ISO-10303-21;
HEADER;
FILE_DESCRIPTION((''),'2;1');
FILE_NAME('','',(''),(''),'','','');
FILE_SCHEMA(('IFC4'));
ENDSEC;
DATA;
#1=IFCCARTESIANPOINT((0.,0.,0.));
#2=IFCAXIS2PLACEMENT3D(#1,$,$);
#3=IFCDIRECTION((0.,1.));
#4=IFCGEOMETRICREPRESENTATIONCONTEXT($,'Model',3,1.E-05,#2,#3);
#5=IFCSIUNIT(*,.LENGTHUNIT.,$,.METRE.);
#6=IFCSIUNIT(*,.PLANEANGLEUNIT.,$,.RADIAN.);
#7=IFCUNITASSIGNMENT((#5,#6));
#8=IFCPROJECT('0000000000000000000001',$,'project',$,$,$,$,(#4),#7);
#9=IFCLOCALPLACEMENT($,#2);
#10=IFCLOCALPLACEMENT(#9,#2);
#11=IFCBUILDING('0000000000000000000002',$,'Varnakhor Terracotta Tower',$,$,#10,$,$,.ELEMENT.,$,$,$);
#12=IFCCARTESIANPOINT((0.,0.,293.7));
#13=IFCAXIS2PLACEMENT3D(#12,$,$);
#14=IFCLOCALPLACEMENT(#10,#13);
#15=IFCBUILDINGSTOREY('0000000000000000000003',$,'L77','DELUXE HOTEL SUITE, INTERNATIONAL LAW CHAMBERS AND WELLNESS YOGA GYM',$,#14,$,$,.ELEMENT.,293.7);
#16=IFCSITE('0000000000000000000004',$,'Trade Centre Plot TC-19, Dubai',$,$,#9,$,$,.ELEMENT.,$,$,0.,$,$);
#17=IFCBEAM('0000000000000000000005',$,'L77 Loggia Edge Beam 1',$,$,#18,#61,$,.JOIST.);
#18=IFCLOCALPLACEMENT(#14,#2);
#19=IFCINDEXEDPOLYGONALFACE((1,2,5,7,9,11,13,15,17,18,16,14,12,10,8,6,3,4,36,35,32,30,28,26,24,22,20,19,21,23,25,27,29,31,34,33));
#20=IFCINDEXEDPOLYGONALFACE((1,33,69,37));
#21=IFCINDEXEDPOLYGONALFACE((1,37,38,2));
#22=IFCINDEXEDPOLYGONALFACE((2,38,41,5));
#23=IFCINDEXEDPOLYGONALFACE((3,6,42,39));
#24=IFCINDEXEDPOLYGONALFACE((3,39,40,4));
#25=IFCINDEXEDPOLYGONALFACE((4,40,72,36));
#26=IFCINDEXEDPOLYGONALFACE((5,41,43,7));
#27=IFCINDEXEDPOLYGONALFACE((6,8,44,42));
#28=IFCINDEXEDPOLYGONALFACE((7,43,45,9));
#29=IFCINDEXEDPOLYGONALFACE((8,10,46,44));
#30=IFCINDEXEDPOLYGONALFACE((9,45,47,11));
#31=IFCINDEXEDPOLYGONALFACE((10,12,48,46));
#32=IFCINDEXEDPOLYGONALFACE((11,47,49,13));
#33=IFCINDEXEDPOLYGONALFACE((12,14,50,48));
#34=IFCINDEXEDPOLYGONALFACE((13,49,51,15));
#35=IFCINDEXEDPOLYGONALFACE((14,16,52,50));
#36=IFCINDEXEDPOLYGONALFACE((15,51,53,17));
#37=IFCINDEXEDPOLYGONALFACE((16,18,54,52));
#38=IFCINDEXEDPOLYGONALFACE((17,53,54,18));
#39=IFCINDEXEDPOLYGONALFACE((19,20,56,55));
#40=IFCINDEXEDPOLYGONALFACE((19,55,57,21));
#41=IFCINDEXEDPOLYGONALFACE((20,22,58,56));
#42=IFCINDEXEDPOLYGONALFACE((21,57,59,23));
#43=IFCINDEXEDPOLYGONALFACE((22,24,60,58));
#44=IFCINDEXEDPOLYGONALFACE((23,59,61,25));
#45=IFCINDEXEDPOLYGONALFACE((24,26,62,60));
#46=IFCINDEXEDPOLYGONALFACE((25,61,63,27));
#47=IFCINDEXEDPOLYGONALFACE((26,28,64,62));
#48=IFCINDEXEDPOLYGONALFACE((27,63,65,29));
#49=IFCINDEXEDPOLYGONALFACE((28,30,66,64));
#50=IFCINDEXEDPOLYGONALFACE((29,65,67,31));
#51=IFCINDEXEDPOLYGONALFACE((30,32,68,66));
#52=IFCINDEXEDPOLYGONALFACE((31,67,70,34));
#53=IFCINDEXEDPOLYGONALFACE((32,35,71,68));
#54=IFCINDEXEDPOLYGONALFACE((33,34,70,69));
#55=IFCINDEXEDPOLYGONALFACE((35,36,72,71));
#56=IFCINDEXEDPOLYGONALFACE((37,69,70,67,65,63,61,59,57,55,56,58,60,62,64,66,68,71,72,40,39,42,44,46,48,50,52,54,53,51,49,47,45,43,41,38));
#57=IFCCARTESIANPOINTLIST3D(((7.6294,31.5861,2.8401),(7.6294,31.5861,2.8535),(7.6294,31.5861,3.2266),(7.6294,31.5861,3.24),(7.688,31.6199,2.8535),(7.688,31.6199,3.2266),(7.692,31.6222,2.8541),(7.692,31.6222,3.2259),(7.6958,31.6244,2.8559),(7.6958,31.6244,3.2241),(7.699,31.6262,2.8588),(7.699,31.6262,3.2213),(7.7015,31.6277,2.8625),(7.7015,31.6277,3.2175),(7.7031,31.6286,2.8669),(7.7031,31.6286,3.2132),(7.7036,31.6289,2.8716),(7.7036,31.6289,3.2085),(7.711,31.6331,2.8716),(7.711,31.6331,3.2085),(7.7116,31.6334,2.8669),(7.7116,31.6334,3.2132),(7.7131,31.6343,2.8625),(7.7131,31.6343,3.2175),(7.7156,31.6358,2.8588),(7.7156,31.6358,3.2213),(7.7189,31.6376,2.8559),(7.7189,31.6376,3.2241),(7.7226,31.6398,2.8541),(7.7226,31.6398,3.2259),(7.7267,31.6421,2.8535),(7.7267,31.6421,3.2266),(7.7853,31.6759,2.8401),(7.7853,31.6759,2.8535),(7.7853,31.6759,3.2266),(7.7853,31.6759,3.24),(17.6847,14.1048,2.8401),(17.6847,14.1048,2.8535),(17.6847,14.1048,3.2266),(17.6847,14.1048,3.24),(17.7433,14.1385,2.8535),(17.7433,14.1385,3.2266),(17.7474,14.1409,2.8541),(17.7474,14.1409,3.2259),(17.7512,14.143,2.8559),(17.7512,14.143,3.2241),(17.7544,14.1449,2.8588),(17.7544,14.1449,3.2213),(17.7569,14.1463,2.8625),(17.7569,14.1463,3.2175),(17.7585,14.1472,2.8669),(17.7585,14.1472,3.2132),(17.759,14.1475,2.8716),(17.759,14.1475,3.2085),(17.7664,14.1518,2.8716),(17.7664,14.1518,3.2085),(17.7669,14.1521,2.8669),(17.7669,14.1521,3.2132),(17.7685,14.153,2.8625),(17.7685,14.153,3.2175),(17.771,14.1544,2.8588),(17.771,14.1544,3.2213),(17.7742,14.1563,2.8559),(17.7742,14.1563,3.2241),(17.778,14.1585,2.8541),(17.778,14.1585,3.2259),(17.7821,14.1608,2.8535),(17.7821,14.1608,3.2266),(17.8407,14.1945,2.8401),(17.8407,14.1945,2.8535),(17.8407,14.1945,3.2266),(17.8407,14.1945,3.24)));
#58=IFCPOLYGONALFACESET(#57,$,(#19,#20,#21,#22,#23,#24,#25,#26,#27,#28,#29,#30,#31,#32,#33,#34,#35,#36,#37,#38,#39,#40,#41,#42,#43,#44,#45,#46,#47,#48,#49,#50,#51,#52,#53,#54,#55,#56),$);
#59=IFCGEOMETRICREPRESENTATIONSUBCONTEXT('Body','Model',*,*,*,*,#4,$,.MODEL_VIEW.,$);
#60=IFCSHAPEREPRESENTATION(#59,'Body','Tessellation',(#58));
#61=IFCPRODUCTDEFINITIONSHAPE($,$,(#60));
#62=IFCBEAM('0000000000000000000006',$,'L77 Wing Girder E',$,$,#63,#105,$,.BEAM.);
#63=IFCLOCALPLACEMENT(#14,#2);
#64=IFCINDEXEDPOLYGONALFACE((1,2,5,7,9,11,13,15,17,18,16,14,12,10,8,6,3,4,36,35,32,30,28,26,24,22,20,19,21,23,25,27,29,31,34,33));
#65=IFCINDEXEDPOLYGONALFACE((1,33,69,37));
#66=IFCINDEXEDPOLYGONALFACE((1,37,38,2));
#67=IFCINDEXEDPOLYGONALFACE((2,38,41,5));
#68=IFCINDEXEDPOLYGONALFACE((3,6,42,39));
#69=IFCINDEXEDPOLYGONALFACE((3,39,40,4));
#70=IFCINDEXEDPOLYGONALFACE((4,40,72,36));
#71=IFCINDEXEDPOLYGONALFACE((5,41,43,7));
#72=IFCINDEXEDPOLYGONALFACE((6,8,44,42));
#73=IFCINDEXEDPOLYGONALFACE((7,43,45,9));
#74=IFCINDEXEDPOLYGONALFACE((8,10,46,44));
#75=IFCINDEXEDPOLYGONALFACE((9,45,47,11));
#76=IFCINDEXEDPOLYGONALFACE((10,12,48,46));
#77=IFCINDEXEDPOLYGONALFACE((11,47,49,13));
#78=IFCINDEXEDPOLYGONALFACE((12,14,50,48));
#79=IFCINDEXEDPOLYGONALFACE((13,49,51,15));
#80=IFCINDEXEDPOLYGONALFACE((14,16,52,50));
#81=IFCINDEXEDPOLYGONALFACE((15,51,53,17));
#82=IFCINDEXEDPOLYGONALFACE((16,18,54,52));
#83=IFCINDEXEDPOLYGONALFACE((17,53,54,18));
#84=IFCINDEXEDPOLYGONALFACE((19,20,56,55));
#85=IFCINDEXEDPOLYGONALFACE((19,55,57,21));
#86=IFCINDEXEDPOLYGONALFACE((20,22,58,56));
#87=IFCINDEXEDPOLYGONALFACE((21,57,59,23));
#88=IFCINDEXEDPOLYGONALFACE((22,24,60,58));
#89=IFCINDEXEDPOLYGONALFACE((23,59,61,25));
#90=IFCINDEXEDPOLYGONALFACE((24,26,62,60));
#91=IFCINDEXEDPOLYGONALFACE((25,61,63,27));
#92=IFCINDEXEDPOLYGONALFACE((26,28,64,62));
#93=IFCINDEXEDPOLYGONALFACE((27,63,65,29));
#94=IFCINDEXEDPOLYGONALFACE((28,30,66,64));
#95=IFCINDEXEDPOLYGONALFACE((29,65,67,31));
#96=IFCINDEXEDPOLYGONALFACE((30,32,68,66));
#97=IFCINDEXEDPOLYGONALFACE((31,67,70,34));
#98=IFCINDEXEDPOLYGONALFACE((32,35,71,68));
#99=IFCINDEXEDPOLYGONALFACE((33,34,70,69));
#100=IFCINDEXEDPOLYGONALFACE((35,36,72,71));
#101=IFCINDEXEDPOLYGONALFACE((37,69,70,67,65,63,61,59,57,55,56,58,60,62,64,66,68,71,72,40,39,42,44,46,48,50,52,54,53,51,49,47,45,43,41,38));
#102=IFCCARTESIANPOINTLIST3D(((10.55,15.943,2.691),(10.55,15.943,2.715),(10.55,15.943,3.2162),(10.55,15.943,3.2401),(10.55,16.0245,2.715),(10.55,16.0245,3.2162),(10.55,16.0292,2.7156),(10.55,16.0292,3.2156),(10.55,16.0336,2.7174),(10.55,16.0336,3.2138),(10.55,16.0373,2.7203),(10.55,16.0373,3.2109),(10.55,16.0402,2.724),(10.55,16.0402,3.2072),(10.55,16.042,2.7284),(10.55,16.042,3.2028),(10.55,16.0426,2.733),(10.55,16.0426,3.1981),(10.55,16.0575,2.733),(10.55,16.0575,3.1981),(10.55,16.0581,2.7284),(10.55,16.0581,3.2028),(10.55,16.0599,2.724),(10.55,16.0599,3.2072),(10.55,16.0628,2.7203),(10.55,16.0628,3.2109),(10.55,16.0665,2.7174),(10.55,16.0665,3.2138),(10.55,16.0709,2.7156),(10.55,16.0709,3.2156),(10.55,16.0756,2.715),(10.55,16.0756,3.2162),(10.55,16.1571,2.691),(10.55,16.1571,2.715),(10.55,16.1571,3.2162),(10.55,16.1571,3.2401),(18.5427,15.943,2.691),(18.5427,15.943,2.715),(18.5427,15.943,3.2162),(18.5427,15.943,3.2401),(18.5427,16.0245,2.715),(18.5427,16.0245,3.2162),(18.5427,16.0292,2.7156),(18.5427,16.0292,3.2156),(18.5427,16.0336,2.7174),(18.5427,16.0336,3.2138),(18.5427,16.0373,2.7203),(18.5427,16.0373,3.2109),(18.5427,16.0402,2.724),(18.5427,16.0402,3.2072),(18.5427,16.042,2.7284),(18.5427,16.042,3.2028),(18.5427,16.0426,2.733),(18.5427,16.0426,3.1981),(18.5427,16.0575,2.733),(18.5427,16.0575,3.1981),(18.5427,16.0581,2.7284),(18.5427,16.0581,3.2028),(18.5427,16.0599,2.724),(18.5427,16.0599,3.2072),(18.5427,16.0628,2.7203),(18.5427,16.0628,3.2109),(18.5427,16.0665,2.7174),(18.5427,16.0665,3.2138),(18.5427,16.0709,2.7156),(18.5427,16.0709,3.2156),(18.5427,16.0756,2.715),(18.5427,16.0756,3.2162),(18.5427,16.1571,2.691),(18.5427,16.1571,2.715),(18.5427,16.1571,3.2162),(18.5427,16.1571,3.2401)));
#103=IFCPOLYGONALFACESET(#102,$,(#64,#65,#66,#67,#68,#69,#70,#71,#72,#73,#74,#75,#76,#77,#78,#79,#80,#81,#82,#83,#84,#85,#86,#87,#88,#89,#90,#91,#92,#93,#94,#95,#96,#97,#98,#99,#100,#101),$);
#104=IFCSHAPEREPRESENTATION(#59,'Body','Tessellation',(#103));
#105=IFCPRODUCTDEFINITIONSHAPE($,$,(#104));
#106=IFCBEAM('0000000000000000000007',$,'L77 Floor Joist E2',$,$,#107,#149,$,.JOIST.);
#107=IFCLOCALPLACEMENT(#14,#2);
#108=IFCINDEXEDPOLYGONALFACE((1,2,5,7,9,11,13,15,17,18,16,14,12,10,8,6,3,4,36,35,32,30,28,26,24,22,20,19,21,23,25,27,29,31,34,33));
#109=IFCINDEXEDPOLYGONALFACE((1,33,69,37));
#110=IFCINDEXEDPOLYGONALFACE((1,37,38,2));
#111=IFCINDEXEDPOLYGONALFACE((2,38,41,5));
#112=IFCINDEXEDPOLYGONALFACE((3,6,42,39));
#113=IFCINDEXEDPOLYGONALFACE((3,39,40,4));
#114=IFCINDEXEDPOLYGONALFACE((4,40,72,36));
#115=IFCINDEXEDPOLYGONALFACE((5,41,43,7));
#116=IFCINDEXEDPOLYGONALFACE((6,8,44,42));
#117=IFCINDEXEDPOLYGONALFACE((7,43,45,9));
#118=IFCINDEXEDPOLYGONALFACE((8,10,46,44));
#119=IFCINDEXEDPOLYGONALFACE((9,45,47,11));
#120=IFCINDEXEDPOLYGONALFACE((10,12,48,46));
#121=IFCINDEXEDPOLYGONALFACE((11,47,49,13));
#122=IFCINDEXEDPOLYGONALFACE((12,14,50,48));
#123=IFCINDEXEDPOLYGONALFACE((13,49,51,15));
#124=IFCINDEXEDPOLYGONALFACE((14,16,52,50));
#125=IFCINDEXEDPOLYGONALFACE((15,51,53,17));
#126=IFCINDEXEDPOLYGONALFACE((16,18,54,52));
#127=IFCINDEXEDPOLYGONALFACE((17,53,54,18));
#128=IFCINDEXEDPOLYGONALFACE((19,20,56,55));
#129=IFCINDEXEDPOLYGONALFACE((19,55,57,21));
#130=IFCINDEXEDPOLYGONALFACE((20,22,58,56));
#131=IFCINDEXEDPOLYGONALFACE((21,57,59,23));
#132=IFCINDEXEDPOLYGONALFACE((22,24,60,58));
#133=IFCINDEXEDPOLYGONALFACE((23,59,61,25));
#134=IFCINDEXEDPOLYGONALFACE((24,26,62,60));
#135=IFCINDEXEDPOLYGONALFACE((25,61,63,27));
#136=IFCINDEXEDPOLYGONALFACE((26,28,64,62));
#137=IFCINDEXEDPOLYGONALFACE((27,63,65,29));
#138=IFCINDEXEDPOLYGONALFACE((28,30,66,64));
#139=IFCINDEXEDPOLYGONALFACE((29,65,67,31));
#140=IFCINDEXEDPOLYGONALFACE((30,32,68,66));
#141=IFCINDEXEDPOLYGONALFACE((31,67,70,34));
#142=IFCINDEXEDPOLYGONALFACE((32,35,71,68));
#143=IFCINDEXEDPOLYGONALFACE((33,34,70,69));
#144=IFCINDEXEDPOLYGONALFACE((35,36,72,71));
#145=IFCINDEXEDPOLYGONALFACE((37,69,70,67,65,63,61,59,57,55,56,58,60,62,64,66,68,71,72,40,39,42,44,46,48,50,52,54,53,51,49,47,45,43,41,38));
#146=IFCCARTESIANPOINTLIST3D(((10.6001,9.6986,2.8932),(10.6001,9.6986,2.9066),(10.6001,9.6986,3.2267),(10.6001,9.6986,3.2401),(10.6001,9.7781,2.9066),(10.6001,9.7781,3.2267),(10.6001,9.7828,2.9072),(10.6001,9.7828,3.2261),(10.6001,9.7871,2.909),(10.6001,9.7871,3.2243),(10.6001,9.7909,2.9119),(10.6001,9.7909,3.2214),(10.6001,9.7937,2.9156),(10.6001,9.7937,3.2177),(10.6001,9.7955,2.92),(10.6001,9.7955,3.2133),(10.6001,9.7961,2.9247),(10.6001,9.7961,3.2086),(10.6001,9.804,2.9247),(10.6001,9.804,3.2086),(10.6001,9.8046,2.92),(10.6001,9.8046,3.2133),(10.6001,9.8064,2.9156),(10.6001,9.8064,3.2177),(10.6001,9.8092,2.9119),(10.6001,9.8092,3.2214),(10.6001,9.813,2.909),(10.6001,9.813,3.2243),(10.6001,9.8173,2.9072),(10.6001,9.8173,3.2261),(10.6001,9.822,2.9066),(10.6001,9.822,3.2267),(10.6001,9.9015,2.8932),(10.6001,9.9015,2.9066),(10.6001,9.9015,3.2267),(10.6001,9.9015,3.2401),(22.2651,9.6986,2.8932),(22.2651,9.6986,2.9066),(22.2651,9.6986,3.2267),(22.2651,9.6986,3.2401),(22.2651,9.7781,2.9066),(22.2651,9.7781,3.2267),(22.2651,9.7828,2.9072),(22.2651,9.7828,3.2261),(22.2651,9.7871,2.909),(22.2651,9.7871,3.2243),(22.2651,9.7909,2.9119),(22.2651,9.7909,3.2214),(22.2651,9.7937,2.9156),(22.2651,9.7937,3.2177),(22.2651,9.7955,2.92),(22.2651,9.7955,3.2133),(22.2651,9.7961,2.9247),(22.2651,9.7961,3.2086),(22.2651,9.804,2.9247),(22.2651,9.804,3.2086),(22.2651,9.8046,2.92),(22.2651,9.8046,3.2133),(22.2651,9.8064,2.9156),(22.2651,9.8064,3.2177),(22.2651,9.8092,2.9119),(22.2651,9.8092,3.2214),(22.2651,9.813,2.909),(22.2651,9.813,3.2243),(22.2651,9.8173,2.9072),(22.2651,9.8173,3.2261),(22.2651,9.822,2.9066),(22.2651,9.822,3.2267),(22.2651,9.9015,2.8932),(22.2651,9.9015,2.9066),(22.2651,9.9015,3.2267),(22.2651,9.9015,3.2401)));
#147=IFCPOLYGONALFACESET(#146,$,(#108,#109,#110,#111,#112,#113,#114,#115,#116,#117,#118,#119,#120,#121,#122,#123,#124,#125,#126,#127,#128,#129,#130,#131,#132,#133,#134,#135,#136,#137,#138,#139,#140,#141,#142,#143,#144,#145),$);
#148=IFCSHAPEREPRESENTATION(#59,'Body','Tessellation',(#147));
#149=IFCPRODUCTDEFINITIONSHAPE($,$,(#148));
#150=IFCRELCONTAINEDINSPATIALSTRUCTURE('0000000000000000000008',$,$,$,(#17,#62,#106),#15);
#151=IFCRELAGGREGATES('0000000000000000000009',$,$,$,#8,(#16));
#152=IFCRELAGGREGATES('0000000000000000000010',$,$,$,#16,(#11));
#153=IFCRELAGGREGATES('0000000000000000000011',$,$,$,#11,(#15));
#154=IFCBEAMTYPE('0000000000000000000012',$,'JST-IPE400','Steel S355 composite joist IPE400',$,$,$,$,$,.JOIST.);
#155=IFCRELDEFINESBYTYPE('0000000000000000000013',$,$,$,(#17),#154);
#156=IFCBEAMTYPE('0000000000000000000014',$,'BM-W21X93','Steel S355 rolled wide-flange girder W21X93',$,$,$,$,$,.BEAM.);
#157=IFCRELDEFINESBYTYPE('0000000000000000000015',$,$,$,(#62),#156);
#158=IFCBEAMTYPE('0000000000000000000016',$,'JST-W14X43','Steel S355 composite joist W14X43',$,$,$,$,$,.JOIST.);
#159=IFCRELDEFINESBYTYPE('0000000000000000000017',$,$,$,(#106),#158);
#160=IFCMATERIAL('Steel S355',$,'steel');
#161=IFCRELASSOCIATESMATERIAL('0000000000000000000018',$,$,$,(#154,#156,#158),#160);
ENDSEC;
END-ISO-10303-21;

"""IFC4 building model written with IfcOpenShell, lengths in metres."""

from ifc_helpers import new_model, si_unit, direction, frame, origin, origin_2d, place, context, subcontext, project, spatial, i_section, extrude, source, transform, mapped, material, material_profile, profile_set, type_object, element, save


model = new_model("IFC4")

# Units and contexts
model_context = context("Model", 3, precision=1e-05, world=origin(), true_north=direction((0.0, 1.0)))
body_context = subcontext(model_context, "Body", "Model", "MODEL_VIEW")
ifc_project = project(units=[si_unit("LENGTHUNIT", "METRE"), si_unit("PLANEANGLEUNIT", "RADIAN")], contexts=[model_context])

# Site, building, storey
site_placement = place(None, origin())
site = spatial("IfcSite", under=ifc_project, at=site_placement, Name="Trade Centre Plot TC-19, Dubai", CompositionType="ELEMENT", RefElevation=0.0)
building_placement = place(site_placement, origin())
building = spatial("IfcBuilding", under=site, at=building_placement, Name="Varnakhor Terracotta Tower", CompositionType="ELEMENT")
storey_placement = place(building_placement, frame((0.0, 0.0, 293.7)))
storey = spatial("IfcBuildingStorey", under=building, at=storey_placement, Name="L77", Description="DELUXE HOTEL SUITE, INTERNATIONAL LAW CHAMBERS AND WELLNESS YOGA GYM", CompositionType="ELEMENT", Elevation=293.7)

# Beams
ifc_material_1 = material(Name="Steel S355", Category="steel")
ifc_material_profile_1 = material_profile(ifc_material_1, i_section(OverallWidth=0.1799, OverallDepth=0.3999, WebThickness=0.0085, FlangeThickness=0.0134, FilletRadius=0.0181, at=origin_2d()), Name="IPE400")
ifc_profile_set_1 = profile_set([ifc_material_profile_1], Name="Steel S355")
beam_type_1 = type_object("IfcBeamType", Name="JST-IPE400", Description="Steel S355 composite joist IPE400", PredefinedType="JOIST", material=ifc_profile_set_1)
shared_shape_1 = source(origin(), body_context, "Body", "SweptSolid", [
    extrude(i_section(OverallWidth=0.1799, OverallDepth=0.3999, WebThickness=0.0085, FlangeThickness=0.0134, FilletRadius=0.0181, at=origin_2d()), origin(), (0.0, 0.0, 1.0), 20.167),
])
beam_1_placement = place(storey_placement, frame((17.7627, 14.1497, 3.04), z_axis=(-0.498605, 0.866829, 0.0), x_axis=(-0.866829, -0.498605, 0.0)))
element("IfcBeam", 1, at=beam_1_placement, inside=storey, type_object=beam_type_1, Name="L77 Loggia Edge Beam 1", PredefinedType="JOIST", context=body_context, shape_type="MappedRepresentation", body=[
    mapped(shared_shape_1, transform((0.0, 0.0, 0.0), scale=1.0)),
])
ifc_material_profile_2 = material_profile(ifc_material_1, i_section(OverallWidth=0.2141, OverallDepth=0.5491, WebThickness=0.0149, FlangeThickness=0.0239, FilletRadius=0.0181, at=origin_2d()), Name="W21X93")
ifc_profile_set_2 = profile_set([ifc_material_profile_2], Name="Steel S355")
beam_type_2 = type_object("IfcBeamType", Name="BM-W21X93", Description="Steel S355 rolled wide-flange girder W21X93", PredefinedType="BEAM", material=ifc_profile_set_2)
shared_shape_2 = source(origin(), body_context, "Body", "SweptSolid", [
    extrude(i_section(OverallWidth=0.2141, OverallDepth=0.5491, WebThickness=0.0149, FlangeThickness=0.0239, FilletRadius=0.0181, at=origin_2d()), origin(), (0.0, 0.0, 1.0), 7.9927),
])
beam_2_placement = place(storey_placement, frame((10.55, 16.05, 2.9656), z_axis=(1.0, 0.0, 0.0), x_axis=(0.0, 1.0, 0.0)))
element("IfcBeam", 2, at=beam_2_placement, inside=storey, type_object=beam_type_2, Name="L77 Wing Girder E", PredefinedType="BEAM", context=body_context, shape_type="MappedRepresentation", body=[
    mapped(shared_shape_2, transform((0.0, 0.0, 0.0), scale=1.0)),
])
ifc_material_profile_3 = material_profile(ifc_material_1, i_section(OverallWidth=0.2029, OverallDepth=0.3469, WebThickness=0.0078, FlangeThickness=0.0134, FilletRadius=0.0181, at=origin_2d()), Name="W14X43")
ifc_profile_set_3 = profile_set([ifc_material_profile_3], Name="Steel S355")
beam_type_3 = type_object("IfcBeamType", Name="JST-W14X43", Description="Steel S355 composite joist W14X43", PredefinedType="JOIST", material=ifc_profile_set_3)
shared_shape_3 = source(origin(), body_context, "Body", "SweptSolid", [
    extrude(i_section(OverallWidth=0.2029, OverallDepth=0.3469, WebThickness=0.0078, FlangeThickness=0.0134, FilletRadius=0.0181, at=origin_2d()), origin(), (0.0, 0.0, 1.0), 11.665),
])
beam_3_placement = place(storey_placement, frame((10.6001, 9.8, 3.0667), z_axis=(1.0, 0.0, 0.0), x_axis=(0.0, 1.0, 0.0)))
element("IfcBeam", 3, at=beam_3_placement, inside=storey, type_object=beam_type_3, Name="L77 Floor Joist E2", PredefinedType="JOIST", context=body_context, shape_type="MappedRepresentation", body=[
    mapped(shared_shape_3, transform((0.0, 0.0, 0.0), scale=1.0)),
])

save(model, "model.ifc")
